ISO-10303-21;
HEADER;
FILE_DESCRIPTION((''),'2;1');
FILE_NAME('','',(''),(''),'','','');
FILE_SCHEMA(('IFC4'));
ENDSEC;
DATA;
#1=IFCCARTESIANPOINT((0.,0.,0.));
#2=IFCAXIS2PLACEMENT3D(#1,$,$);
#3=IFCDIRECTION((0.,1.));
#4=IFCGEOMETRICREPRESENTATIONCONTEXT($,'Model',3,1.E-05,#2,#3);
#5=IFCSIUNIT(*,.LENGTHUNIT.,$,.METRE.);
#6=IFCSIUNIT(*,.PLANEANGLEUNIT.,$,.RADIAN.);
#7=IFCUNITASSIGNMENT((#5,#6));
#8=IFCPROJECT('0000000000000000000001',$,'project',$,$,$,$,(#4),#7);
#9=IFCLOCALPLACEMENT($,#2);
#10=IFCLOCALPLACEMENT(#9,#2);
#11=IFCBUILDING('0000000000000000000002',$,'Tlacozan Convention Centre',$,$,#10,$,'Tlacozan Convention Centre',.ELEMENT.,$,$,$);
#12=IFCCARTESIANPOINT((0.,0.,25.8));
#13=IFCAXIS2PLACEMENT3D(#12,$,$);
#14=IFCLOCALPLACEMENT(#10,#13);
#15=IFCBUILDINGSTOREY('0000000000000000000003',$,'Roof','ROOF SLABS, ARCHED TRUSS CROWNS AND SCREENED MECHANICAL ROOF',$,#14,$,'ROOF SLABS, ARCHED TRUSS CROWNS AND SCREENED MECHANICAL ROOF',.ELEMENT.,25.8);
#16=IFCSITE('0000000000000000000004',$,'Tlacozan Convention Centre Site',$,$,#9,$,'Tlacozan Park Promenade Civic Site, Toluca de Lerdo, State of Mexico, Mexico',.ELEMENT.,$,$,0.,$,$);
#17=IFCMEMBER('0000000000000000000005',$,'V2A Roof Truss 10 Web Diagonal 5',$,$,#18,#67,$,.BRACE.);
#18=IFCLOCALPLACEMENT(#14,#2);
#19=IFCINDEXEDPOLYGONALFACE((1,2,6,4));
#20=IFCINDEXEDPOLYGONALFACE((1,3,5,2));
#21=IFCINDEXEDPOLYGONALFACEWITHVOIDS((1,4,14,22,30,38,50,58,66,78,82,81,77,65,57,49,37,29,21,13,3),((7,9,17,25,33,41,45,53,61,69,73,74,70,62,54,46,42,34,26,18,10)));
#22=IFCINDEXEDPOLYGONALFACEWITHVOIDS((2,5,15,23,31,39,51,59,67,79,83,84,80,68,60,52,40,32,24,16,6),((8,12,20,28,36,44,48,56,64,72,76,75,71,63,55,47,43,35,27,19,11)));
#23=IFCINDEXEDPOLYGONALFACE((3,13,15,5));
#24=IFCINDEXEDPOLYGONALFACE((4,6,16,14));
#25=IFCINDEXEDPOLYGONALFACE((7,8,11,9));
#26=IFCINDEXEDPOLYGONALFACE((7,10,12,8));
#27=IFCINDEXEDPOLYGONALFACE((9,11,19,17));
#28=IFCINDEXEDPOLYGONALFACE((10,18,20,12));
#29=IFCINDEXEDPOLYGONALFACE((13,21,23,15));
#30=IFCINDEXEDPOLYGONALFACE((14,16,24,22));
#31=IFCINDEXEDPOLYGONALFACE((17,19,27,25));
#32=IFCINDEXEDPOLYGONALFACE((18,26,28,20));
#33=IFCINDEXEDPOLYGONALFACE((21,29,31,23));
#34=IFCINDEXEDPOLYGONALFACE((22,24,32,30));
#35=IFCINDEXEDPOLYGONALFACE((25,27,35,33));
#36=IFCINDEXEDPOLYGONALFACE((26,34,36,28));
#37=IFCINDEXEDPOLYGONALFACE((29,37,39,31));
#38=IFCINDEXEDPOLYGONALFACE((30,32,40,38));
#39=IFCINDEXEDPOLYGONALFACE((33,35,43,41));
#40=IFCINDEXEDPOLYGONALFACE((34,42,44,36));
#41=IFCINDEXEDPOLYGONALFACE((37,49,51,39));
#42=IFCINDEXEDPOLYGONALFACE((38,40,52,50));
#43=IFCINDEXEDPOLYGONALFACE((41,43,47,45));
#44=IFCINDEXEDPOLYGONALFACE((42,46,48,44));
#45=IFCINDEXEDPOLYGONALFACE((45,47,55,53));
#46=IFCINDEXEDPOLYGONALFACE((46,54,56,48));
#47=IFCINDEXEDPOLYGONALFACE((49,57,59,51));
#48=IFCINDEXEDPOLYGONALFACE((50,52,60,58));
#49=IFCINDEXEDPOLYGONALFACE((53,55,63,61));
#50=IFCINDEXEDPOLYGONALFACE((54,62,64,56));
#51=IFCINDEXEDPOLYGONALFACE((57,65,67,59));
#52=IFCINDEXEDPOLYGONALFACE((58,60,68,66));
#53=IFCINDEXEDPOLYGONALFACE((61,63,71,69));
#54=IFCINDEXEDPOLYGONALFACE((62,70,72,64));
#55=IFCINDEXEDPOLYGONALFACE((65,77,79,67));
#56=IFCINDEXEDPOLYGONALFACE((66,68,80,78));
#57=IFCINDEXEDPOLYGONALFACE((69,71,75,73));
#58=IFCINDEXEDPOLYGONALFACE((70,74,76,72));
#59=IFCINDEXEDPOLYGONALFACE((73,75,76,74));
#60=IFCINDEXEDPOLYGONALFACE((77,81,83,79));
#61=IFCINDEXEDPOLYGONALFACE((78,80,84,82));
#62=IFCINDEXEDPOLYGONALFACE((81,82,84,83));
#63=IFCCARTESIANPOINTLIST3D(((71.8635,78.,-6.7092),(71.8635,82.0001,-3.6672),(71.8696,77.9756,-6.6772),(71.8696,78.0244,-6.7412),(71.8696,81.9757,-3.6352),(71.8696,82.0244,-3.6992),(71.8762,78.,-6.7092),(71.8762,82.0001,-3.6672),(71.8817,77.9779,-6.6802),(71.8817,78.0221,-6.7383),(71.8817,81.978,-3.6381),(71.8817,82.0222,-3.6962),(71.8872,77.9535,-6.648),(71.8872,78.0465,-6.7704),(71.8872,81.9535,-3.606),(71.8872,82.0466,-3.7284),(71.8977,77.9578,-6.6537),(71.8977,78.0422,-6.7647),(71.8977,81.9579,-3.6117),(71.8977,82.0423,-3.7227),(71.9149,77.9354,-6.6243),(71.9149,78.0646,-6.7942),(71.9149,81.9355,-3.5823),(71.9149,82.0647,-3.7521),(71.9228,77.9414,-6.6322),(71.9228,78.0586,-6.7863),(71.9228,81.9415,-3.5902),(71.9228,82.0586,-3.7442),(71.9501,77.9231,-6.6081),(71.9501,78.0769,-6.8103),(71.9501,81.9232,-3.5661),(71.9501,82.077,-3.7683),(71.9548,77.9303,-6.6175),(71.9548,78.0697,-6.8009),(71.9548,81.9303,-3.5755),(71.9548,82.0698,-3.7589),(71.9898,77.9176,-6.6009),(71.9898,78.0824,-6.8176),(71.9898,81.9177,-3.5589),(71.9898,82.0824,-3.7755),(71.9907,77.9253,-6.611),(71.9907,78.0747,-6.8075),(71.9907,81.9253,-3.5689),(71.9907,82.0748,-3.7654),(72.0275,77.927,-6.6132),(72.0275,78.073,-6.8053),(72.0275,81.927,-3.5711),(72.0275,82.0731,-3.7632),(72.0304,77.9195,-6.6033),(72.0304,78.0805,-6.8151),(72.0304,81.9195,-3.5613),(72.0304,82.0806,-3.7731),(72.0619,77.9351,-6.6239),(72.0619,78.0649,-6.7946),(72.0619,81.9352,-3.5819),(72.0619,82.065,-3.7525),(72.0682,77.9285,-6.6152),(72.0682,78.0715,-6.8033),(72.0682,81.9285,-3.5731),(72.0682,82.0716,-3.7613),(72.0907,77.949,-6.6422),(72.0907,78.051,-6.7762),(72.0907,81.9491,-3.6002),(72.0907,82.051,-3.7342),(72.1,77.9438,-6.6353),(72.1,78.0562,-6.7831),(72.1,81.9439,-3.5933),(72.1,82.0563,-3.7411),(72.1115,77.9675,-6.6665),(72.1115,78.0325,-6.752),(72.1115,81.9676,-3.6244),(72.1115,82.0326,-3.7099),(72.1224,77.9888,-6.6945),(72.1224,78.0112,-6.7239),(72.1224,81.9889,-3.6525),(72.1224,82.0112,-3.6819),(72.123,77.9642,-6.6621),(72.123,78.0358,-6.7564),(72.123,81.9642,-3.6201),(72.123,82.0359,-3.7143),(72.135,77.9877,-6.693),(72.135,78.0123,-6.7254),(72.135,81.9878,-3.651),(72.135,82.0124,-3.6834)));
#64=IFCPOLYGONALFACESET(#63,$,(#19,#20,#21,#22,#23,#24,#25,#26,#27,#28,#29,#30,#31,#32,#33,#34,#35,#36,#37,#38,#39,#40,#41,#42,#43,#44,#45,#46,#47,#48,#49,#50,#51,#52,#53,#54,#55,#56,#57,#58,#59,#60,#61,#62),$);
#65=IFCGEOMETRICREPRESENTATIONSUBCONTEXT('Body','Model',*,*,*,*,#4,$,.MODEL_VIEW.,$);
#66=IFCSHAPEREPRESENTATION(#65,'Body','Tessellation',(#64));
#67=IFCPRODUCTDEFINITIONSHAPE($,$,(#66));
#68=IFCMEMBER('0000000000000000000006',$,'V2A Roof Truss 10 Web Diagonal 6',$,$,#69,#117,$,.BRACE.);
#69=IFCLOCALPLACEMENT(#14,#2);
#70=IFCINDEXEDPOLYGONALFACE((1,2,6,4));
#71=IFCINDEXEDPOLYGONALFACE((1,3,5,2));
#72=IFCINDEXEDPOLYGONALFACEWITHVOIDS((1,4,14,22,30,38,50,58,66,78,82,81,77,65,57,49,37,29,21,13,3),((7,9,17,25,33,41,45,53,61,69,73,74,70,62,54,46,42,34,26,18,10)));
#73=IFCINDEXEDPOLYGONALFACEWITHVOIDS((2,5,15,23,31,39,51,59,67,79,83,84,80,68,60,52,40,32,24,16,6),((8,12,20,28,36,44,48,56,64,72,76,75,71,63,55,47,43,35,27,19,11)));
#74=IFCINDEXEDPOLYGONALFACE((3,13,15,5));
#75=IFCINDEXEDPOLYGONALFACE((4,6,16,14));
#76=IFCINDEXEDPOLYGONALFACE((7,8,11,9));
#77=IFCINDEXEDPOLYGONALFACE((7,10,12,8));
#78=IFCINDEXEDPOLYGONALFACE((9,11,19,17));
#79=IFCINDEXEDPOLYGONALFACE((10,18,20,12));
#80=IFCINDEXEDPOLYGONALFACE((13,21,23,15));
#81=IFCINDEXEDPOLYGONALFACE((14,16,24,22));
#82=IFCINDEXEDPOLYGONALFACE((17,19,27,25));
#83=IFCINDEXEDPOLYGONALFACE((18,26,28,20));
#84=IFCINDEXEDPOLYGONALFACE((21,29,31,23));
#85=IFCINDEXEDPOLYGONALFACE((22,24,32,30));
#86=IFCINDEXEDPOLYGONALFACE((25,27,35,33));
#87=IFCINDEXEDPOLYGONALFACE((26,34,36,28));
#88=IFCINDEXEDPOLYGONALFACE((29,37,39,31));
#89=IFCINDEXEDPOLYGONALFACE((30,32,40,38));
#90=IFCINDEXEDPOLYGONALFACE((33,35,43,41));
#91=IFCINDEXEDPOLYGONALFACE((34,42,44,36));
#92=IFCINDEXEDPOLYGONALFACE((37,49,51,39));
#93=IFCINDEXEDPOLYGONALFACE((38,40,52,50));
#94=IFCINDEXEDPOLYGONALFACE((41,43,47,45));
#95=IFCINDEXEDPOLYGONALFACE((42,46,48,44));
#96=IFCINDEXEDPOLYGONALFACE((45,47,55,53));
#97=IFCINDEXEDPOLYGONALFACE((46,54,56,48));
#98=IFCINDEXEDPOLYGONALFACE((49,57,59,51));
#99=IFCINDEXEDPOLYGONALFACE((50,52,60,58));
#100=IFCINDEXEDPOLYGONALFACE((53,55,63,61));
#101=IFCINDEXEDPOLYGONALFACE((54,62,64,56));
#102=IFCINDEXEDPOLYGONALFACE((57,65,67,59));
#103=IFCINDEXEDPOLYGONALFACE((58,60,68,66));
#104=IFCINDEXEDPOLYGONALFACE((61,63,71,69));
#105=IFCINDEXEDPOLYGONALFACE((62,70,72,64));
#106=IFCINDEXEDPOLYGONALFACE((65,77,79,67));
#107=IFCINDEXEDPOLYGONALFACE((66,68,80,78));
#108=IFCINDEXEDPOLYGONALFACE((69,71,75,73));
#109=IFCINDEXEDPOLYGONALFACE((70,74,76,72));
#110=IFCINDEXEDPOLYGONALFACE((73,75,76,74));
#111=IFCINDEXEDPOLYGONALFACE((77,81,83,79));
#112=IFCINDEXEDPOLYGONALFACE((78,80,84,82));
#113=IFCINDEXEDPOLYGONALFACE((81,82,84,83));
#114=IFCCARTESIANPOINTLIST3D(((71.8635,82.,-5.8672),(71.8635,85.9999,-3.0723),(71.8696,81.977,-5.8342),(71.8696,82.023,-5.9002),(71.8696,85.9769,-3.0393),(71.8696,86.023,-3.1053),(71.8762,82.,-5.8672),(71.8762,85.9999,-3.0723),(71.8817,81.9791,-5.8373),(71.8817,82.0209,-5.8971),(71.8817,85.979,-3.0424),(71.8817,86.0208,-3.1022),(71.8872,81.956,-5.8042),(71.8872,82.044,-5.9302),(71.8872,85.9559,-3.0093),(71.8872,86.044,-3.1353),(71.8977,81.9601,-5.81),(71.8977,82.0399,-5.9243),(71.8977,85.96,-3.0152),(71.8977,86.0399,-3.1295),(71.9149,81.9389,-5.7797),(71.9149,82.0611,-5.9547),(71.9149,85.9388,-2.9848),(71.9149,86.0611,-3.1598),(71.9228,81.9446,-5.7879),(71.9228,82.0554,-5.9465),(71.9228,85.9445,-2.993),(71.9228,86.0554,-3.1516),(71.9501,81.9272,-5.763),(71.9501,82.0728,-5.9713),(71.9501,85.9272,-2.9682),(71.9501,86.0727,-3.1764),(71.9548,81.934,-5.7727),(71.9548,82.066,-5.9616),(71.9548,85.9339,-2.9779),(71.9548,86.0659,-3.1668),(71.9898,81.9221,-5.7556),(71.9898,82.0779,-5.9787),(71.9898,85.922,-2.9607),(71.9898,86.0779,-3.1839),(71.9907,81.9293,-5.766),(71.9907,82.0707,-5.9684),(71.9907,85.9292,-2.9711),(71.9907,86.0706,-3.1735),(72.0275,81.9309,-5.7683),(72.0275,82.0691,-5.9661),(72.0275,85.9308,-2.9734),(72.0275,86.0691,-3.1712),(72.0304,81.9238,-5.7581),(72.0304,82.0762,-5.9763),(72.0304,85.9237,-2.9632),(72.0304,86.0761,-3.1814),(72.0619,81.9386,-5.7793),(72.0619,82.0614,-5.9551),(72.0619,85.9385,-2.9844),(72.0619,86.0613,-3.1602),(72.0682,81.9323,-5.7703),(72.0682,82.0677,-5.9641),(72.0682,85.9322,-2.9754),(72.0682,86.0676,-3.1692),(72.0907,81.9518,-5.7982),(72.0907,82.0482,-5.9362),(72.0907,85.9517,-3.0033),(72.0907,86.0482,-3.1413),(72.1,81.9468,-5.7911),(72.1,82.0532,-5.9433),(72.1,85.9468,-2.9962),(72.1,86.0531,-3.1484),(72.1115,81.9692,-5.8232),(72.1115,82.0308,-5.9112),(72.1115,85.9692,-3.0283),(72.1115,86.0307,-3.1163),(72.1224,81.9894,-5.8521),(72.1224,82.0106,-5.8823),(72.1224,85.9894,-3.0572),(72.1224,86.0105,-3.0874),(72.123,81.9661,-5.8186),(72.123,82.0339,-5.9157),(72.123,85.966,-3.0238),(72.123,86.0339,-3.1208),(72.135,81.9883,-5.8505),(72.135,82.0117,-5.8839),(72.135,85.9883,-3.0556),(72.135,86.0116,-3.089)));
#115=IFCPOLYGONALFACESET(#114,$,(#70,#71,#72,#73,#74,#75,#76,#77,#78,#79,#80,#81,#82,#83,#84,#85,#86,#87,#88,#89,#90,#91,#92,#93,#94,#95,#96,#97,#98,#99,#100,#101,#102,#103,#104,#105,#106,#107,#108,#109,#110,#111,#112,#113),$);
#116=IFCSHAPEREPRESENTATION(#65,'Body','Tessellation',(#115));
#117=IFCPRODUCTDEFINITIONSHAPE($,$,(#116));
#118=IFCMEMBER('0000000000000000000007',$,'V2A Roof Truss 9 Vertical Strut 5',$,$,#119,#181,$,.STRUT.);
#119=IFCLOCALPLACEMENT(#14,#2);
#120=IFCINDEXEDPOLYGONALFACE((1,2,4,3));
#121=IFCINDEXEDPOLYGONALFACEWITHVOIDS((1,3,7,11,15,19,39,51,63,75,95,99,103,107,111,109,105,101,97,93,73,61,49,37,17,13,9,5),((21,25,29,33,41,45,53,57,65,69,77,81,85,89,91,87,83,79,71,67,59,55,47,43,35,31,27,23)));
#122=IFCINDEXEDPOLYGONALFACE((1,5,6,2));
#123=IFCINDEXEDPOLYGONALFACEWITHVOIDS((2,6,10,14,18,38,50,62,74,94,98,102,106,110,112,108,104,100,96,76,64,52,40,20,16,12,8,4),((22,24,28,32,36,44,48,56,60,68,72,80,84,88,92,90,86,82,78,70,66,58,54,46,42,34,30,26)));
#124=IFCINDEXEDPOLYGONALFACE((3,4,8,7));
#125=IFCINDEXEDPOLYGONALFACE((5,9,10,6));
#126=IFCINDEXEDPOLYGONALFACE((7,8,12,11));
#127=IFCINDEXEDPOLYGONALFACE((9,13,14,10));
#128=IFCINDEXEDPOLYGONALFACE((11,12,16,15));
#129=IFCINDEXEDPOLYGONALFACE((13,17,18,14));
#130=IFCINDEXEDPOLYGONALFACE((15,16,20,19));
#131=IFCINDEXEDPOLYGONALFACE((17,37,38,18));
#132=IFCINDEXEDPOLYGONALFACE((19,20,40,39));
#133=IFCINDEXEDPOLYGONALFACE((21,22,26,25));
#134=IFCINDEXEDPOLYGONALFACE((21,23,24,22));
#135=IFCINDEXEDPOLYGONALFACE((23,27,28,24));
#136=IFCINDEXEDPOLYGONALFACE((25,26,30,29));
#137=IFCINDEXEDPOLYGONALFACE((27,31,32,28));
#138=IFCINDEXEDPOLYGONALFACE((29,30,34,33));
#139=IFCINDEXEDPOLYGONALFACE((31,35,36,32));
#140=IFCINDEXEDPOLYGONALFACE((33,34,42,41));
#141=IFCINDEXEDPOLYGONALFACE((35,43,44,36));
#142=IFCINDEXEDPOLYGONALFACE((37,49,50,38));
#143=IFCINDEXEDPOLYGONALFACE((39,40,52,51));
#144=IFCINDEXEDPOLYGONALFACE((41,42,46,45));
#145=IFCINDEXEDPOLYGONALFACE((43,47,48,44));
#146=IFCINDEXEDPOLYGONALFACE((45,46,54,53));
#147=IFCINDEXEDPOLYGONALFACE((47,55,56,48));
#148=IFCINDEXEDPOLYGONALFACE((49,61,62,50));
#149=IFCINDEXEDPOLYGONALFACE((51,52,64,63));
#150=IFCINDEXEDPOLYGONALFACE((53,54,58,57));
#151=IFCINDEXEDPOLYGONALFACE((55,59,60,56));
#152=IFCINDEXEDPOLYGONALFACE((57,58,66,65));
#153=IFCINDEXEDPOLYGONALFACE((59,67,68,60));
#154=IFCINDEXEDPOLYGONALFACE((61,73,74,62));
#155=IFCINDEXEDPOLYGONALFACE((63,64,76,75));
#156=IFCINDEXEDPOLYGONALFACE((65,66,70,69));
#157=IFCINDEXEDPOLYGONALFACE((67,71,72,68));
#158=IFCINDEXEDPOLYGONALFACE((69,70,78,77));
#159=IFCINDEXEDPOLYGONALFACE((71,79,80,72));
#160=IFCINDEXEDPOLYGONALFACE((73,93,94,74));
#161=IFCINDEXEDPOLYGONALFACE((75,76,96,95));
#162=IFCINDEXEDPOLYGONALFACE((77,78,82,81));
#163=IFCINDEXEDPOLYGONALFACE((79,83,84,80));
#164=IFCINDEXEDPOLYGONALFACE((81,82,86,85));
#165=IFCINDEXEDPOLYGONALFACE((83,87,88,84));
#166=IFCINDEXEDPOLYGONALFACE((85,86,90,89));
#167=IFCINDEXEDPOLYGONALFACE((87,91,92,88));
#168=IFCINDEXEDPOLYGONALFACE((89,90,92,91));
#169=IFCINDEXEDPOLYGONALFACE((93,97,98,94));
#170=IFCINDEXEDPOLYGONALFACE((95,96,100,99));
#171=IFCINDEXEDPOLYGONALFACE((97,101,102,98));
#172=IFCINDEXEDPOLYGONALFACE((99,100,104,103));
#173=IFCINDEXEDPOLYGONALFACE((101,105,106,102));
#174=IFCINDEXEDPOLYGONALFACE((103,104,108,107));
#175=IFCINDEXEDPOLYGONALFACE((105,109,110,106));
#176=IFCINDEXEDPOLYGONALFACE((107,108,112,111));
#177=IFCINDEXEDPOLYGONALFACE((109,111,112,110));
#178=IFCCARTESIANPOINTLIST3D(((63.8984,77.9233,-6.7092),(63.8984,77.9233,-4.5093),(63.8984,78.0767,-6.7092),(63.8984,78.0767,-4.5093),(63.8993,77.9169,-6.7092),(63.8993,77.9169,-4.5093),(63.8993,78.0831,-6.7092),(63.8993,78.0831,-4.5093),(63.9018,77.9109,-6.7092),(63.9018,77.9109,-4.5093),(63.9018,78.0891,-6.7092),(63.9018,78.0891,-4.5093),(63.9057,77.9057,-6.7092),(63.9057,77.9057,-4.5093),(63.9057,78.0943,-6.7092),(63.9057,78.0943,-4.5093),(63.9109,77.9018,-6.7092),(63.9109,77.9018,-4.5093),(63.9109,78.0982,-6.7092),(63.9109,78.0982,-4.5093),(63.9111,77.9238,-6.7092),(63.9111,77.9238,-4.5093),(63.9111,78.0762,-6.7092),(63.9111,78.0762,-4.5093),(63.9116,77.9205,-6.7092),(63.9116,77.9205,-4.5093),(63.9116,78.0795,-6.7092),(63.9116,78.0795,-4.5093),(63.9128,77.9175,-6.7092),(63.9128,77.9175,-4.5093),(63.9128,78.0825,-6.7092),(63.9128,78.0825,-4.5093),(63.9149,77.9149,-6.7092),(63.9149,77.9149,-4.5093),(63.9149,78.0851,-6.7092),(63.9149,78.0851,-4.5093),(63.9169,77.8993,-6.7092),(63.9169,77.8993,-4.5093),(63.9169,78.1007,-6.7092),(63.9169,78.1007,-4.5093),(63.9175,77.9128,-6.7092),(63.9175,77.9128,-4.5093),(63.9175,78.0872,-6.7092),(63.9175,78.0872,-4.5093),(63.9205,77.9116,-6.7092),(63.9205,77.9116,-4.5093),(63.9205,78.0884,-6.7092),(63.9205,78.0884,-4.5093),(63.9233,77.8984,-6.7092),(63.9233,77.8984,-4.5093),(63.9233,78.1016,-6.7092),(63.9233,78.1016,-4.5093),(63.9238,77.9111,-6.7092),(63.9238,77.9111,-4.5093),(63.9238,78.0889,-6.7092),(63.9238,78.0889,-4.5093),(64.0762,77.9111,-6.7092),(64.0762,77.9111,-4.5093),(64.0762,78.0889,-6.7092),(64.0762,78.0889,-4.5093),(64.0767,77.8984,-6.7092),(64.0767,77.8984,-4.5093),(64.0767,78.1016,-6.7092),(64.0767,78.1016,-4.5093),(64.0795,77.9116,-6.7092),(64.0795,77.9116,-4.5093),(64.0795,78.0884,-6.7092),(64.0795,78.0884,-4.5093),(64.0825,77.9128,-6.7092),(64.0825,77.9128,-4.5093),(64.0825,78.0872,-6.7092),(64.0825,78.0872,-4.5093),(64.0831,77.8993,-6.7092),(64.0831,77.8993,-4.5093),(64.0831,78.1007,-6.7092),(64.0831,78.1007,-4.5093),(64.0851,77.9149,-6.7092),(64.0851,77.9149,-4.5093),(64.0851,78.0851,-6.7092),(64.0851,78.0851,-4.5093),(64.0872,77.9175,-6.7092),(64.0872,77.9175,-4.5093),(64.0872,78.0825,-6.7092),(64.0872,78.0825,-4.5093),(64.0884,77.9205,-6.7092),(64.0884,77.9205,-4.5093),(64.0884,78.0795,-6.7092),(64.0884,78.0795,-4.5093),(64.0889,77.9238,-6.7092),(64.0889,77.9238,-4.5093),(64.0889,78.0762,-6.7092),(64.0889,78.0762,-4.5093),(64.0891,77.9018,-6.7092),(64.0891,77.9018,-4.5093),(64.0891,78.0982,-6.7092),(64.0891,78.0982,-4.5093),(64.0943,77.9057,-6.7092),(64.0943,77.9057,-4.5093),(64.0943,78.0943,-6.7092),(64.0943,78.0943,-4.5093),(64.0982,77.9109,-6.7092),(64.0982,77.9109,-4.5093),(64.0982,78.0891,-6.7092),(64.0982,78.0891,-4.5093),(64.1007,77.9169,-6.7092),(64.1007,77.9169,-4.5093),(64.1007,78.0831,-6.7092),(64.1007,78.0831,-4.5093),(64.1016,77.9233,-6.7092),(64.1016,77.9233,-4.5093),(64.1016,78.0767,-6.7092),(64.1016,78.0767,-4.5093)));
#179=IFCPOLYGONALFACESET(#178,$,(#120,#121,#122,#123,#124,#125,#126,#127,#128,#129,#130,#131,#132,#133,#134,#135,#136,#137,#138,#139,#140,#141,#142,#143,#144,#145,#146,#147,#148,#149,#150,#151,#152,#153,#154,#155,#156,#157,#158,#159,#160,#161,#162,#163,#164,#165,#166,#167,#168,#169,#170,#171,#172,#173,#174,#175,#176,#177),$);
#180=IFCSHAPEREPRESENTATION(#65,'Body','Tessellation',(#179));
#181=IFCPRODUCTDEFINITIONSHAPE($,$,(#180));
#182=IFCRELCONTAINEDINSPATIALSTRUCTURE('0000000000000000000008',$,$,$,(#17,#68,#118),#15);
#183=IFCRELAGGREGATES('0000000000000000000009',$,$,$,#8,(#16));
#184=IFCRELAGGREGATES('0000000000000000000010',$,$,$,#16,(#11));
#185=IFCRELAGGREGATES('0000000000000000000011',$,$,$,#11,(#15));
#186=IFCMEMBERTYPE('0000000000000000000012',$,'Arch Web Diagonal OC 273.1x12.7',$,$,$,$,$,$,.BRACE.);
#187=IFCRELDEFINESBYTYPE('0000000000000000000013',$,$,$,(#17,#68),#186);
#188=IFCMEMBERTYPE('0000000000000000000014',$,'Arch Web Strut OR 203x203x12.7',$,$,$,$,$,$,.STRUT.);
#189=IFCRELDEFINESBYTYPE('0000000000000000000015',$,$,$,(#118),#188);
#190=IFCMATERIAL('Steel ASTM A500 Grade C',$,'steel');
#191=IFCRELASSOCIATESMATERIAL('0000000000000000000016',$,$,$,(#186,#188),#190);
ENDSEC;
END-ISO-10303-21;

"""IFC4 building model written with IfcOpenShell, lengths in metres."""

from ifc_helpers import new_model, si_unit, direction, frame, origin, origin_2d, place, context, subcontext, project, spatial, hollow_rectangle, hollow_circle, extrude, material, material_profile, profile_set, type_object, element, save


model = new_model("IFC4")

# Units and contexts
model_context = context("Model", 3, precision=1e-05, world=origin(), true_north=direction((0.0, 1.0)))
body_context = subcontext(model_context, "Body", "Model", "MODEL_VIEW")
ifc_project = project(units=[si_unit("LENGTHUNIT", "METRE"), si_unit("PLANEANGLEUNIT", "RADIAN")], contexts=[model_context])

# Site, building, storey
site_placement = place(None, origin())
site = spatial("IfcSite", under=ifc_project, at=site_placement, Name="Tlacozan Convention Centre Site", LongName="Tlacozan Park Promenade Civic Site, Toluca de Lerdo, State of Mexico, Mexico", CompositionType="ELEMENT", RefElevation=0.0)
building_placement = place(site_placement, origin())
building = spatial("IfcBuilding", under=site, at=building_placement, Name="Tlacozan Convention Centre", LongName="Tlacozan Convention Centre", CompositionType="ELEMENT")
storey_placement = place(building_placement, frame((0.0, 0.0, 25.8)))
storey = spatial("IfcBuildingStorey", under=building, at=storey_placement, Name="Roof", Description="ROOF SLABS, ARCHED TRUSS CROWNS AND SCREENED MECHANICAL ROOF", LongName="ROOF SLABS, ARCHED TRUSS CROWNS AND SCREENED MECHANICAL ROOF", CompositionType="ELEMENT", Elevation=25.8)

# Members
ifc_material_1 = material(Name="Steel ASTM A500 Grade C", Category="steel")
ifc_material_profile_1 = material_profile(ifc_material_1, hollow_circle(Radius=0.1365, WallThickness=0.0127, at=origin_2d()), Name="OC 273.1x12.7")
ifc_profile_set_1 = profile_set([ifc_material_profile_1], Name="Steel ASTM A500 Grade C")
member_type_1 = type_object("IfcMemberType", Name="Arch Web Diagonal OC 273.1x12.7", PredefinedType="BRACE", material=ifc_profile_set_1)
member_1_placement = place(storey_placement, frame((72.0, 78.0, -6.7092), z_axis=(0.0, 0.795971, 0.605335), x_axis=(-1.0, 0.0, 0.0)))
element("IfcMember", 1, at=member_1_placement, inside=storey, type_object=member_type_1, Name="V2A Roof Truss 10 Web Diagonal 5", PredefinedType="BRACE", context=body_context, shape_type="SweptSolid", body=[
    extrude(hollow_circle(Radius=0.1365, WallThickness=0.0127, at=origin_2d()), origin(), (0.0, 0.0, 1.0), 5.0254),
])
member_2_placement = place(storey_placement, frame((72.0, 82.0, -5.8672), z_axis=(0.0, 0.819721, 0.572764), x_axis=(-1.0, 0.0, 0.0)))
element("IfcMember", 2, at=member_2_placement, inside=storey, type_object=member_type_1, Name="V2A Roof Truss 10 Web Diagonal 6", PredefinedType="BRACE", context=body_context, shape_type="SweptSolid", body=[
    extrude(hollow_circle(Radius=0.1365, WallThickness=0.0127, at=origin_2d()), origin(), (0.0, 0.0, 1.0), 4.8796),
])
ifc_material_profile_2 = material_profile(ifc_material_1, hollow_rectangle(XDim=0.2031, YDim=0.2031, WallThickness=0.0127, InnerFilletRadius=0.0127, OuterFilletRadius=0.0249, at=origin_2d()), Name="OR 203x203x12.7")
ifc_profile_set_2 = profile_set([ifc_material_profile_2], Name="Steel ASTM A500 Grade C")
member_type_2 = type_object("IfcMemberType", Name="Arch Web Strut OR 203x203x12.7", PredefinedType="STRUT", material=ifc_profile_set_2)
for number, where, z_axis, x_axis, name in (
    (3, (64.0, 78.0, -6.7092), (0.0, 0.0, 1.0), (1.0, 0.0, 0.0), "V2A Roof Truss 9 Vertical Strut 5"),
):
    element("IfcMember", number, at=place(storey_placement, frame(where, z_axis=z_axis, x_axis=x_axis)), inside=storey, type_object=member_type_2, Name=name, PredefinedType="STRUT", context=body_context, shape_type="SweptSolid", body=[
        extrude(hollow_rectangle(XDim=0.2031, YDim=0.2031, WallThickness=0.0127, InnerFilletRadius=0.0127, OuterFilletRadius=0.0249, at=origin_2d()), origin(), (0.0, 0.0, 1.0), 2.2),
    ])

save(model, "model.ifc")
